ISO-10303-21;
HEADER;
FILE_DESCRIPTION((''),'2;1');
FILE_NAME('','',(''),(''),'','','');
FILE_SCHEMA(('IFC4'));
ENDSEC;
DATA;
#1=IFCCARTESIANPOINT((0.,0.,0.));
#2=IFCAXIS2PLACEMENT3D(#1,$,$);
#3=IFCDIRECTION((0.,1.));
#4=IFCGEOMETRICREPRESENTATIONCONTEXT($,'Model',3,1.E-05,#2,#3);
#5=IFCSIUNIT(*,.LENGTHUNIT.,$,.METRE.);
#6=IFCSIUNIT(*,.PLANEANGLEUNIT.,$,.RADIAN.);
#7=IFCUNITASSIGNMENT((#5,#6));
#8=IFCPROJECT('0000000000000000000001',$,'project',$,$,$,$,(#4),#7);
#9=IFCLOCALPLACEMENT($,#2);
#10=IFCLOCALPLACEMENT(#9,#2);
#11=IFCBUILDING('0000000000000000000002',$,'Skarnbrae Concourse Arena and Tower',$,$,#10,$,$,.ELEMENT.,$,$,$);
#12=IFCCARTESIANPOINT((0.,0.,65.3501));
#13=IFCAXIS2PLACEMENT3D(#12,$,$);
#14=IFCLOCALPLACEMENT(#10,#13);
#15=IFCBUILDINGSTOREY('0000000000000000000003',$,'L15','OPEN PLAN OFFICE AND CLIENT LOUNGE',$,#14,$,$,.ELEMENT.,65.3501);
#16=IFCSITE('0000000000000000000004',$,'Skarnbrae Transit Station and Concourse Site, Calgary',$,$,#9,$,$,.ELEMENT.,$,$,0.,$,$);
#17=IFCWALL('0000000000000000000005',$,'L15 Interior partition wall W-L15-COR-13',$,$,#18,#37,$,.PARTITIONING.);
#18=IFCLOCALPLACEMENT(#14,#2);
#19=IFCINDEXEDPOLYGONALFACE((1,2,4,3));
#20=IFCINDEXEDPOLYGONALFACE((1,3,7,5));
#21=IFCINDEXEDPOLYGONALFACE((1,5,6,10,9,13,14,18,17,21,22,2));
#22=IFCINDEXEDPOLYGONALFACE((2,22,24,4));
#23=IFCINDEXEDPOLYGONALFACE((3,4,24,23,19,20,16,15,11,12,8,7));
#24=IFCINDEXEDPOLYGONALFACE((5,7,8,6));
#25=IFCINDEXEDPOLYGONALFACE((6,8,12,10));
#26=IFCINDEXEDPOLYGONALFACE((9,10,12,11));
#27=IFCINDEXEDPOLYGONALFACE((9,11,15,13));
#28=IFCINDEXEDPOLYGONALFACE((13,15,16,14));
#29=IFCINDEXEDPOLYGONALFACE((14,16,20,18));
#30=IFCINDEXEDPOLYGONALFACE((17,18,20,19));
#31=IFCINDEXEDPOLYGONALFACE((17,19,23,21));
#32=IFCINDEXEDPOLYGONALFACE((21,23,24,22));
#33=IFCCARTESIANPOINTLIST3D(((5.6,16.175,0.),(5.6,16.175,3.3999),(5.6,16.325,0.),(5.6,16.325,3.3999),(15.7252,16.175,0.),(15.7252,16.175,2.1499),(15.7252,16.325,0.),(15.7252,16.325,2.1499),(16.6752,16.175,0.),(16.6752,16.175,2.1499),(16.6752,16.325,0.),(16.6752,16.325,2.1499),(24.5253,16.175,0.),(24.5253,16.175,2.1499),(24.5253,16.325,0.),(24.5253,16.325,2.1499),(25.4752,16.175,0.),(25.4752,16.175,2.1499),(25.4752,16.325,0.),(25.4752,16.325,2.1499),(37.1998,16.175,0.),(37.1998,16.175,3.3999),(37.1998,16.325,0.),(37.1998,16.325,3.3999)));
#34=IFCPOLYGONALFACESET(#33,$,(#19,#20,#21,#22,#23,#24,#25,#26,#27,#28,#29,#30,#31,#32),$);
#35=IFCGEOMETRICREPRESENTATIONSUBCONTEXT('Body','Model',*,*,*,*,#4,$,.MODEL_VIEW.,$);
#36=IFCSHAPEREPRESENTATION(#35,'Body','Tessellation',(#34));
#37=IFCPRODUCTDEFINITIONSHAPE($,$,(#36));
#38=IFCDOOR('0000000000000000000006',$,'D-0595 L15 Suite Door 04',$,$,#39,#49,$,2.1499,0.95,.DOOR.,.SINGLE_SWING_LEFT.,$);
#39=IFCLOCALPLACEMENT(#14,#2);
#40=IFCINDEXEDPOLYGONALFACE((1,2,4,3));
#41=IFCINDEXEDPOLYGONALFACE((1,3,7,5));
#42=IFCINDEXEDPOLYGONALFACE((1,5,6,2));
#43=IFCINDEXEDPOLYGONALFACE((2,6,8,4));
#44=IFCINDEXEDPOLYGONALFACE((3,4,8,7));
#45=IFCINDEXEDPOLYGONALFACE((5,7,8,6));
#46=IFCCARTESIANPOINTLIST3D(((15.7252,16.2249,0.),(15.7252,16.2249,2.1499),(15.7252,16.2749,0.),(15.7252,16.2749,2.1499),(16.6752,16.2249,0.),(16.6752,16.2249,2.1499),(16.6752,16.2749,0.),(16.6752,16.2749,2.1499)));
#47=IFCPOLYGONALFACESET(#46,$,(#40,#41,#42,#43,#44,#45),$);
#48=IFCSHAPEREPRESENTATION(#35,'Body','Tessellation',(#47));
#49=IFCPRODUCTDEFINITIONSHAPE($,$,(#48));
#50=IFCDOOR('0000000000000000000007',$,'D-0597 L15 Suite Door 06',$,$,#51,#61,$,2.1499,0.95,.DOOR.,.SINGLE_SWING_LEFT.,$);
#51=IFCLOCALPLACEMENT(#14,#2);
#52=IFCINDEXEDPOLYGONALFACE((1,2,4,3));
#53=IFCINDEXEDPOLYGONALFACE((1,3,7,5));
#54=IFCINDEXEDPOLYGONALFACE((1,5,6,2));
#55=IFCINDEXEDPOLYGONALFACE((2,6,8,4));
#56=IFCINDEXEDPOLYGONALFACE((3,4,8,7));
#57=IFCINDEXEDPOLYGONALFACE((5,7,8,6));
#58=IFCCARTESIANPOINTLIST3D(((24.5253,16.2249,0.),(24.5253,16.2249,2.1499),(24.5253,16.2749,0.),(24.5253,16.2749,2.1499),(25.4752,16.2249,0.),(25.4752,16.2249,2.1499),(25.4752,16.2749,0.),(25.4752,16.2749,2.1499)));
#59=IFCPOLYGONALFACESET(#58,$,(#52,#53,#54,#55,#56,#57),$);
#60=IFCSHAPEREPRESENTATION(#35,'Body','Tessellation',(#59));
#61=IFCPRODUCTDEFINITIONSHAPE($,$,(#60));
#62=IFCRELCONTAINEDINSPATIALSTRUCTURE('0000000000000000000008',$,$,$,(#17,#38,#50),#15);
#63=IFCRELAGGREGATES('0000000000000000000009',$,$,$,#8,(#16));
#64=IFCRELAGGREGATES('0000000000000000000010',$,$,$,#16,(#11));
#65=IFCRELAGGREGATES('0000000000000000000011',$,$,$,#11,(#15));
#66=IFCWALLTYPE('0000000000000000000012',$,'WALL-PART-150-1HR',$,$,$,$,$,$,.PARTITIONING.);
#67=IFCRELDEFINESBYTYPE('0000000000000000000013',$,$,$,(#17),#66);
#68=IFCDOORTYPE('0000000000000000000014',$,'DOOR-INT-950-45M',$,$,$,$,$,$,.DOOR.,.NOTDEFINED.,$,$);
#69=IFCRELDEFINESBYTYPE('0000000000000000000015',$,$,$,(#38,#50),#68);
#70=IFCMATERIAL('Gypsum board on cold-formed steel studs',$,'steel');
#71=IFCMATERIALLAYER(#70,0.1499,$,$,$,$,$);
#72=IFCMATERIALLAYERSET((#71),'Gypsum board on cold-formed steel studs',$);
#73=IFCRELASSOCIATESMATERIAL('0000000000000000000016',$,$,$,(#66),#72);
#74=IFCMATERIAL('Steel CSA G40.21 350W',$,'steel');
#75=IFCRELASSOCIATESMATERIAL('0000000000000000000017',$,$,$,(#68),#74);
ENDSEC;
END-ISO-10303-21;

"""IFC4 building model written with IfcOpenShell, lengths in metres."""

from ifc_helpers import new_model, si_unit, direction, frame, frame_2d, origin, place, context, subcontext, project, spatial, rectangle, extrude, source, transform, mapped, material, layer, layer_set, type_object, element, fill, save


model = new_model("IFC4")

# Units and contexts
model_context = context("Model", 3, precision=1e-05, world=origin(), true_north=direction((0.0, 1.0)))
body_context = subcontext(model_context, "Body", "Model", "MODEL_VIEW")
ifc_project = project(units=[si_unit("LENGTHUNIT", "METRE"), si_unit("PLANEANGLEUNIT", "RADIAN")], contexts=[model_context])

# Site, building, storey
site_placement = place(None, origin())
site = spatial("IfcSite", under=ifc_project, at=site_placement, Name="Skarnbrae Transit Station and Concourse Site, Calgary", CompositionType="ELEMENT", RefElevation=0.0)
building_placement = place(site_placement, origin())
building = spatial("IfcBuilding", under=site, at=building_placement, Name="Skarnbrae Concourse Arena and Tower", CompositionType="ELEMENT")
storey_placement = place(building_placement, frame((0.0, 0.0, 65.3501)))
storey = spatial("IfcBuildingStorey", under=building, at=storey_placement, Name="L15", Description="OPEN PLAN OFFICE AND CLIENT LOUNGE", CompositionType="ELEMENT", Elevation=65.3501)

# Shared definitions
ifc_material_1 = material(Name="Steel CSA G40.21 350W", Category="steel")

# Shared definitions
ifc_material_2 = material(Name="Gypsum board on cold-formed steel studs", Category="steel")
ifc_layer_1 = layer(ifc_material_2, 0.1499)
ifc_layer_set_1 = layer_set([ifc_layer_1], Name="Gypsum board on cold-formed steel studs")
wall_type_1 = type_object("IfcWallType", Name="WALL-PART-150-1HR", PredefinedType="PARTITIONING", material=ifc_layer_set_1)

# Shared definitions
door_type_1 = type_object("IfcDoorType", Name="DOOR-INT-950-45M", OperationType="NOTDEFINED", PredefinedType="DOOR", material=ifc_material_1)
shared_shape_1 = source(origin(), body_context, "Body", "SweptSolid", [
    extrude(rectangle(XDim=0.95, YDim=2.1499, at=frame_2d((0.4751, 1.075))), frame((0.0, 0.0249, 0.0), z_axis=(0.0, -1.0, 0.0), x_axis=(1.0, 0.0, 0.0)), (0.0, 0.0, 1.0), 0.05),
])

# Wall, openings, doors
shared_shape_2 = source(origin(), body_context, "Body", "SweptSolid", [
    extrude(rectangle(XDim=31.5999, YDim=0.1499, at=frame_2d((15.7998, 0.0))), origin(), (0.0, 0.0, 1.0), 3.3999),
])
wall_1_placement = place(storey_placement, frame((5.6001, 16.25, 0.0), z_axis=(0.0, 0.0, 1.0), x_axis=(1.0, 0.0, 0.0)))
wall_1 = element("IfcWall", 1, at=wall_1_placement, inside=storey, type_object=wall_type_1, Name="L15 Interior partition wall W-L15-COR-13", PredefinedType="PARTITIONING", context=body_context, shape_type="MappedRepresentation", body=[
    mapped(shared_shape_2, transform((0.0, 0.0, 0.0))),
])
opening_1_placement = place(wall_1_placement, frame((10.125, 0.0, 0.0)))
opening_1 = element("IfcOpeningElement", 2, at=opening_1_placement, cuts=wall_1, PredefinedType="OPENING", context=body_context, shape_type="SweptSolid", body=[
    extrude(rectangle(XDim=0.95, YDim=2.1499, at=frame_2d((0.4751, 1.075))), frame((0.0, 0.085, 0.0), z_axis=(0.0, -1.0, 0.0), x_axis=(1.0, 0.0, 0.0)), (0.0, 0.0, 1.0), 0.1699),
])
opening_2_placement = place(wall_1_placement, frame((18.925, 0.0, 0.0)))
opening_2 = element("IfcOpeningElement", 3, at=opening_2_placement, cuts=wall_1, PredefinedType="OPENING", context=body_context, shape_type="SweptSolid", body=[
    extrude(rectangle(XDim=0.95, YDim=2.1499, at=frame_2d((0.4751, 1.075))), frame((0.0, 0.085, 0.0), z_axis=(0.0, -1.0, 0.0), x_axis=(1.0, 0.0, 0.0)), (0.0, 0.0, 1.0), 0.1699),
])
door_1_placement = place(opening_1_placement, origin())
door_1 = element("IfcDoor", 4, at=door_1_placement, inside=storey, type_object=door_type_1, Name="D-0595 L15 Suite Door 04", OperationType="SINGLE_SWING_LEFT", OverallHeight=2.1499, OverallWidth=0.95, PredefinedType="DOOR", context=body_context, shape_type="MappedRepresentation", body=[
    mapped(shared_shape_1, transform((0.0, 0.0, 0.0))),
])
fill(opening_1, door_1)
door_2_placement = place(opening_2_placement, origin())
door_2 = element("IfcDoor", 5, at=door_2_placement, inside=storey, type_object=door_type_1, Name="D-0597 L15 Suite Door 06", OperationType="SINGLE_SWING_LEFT", OverallHeight=2.1499, OverallWidth=0.95, PredefinedType="DOOR", context=body_context, shape_type="MappedRepresentation", body=[
    mapped(shared_shape_1, transform((0.0, 0.0, 0.0))),
])
fill(opening_2, door_2)

save(model, "model.ifc")
